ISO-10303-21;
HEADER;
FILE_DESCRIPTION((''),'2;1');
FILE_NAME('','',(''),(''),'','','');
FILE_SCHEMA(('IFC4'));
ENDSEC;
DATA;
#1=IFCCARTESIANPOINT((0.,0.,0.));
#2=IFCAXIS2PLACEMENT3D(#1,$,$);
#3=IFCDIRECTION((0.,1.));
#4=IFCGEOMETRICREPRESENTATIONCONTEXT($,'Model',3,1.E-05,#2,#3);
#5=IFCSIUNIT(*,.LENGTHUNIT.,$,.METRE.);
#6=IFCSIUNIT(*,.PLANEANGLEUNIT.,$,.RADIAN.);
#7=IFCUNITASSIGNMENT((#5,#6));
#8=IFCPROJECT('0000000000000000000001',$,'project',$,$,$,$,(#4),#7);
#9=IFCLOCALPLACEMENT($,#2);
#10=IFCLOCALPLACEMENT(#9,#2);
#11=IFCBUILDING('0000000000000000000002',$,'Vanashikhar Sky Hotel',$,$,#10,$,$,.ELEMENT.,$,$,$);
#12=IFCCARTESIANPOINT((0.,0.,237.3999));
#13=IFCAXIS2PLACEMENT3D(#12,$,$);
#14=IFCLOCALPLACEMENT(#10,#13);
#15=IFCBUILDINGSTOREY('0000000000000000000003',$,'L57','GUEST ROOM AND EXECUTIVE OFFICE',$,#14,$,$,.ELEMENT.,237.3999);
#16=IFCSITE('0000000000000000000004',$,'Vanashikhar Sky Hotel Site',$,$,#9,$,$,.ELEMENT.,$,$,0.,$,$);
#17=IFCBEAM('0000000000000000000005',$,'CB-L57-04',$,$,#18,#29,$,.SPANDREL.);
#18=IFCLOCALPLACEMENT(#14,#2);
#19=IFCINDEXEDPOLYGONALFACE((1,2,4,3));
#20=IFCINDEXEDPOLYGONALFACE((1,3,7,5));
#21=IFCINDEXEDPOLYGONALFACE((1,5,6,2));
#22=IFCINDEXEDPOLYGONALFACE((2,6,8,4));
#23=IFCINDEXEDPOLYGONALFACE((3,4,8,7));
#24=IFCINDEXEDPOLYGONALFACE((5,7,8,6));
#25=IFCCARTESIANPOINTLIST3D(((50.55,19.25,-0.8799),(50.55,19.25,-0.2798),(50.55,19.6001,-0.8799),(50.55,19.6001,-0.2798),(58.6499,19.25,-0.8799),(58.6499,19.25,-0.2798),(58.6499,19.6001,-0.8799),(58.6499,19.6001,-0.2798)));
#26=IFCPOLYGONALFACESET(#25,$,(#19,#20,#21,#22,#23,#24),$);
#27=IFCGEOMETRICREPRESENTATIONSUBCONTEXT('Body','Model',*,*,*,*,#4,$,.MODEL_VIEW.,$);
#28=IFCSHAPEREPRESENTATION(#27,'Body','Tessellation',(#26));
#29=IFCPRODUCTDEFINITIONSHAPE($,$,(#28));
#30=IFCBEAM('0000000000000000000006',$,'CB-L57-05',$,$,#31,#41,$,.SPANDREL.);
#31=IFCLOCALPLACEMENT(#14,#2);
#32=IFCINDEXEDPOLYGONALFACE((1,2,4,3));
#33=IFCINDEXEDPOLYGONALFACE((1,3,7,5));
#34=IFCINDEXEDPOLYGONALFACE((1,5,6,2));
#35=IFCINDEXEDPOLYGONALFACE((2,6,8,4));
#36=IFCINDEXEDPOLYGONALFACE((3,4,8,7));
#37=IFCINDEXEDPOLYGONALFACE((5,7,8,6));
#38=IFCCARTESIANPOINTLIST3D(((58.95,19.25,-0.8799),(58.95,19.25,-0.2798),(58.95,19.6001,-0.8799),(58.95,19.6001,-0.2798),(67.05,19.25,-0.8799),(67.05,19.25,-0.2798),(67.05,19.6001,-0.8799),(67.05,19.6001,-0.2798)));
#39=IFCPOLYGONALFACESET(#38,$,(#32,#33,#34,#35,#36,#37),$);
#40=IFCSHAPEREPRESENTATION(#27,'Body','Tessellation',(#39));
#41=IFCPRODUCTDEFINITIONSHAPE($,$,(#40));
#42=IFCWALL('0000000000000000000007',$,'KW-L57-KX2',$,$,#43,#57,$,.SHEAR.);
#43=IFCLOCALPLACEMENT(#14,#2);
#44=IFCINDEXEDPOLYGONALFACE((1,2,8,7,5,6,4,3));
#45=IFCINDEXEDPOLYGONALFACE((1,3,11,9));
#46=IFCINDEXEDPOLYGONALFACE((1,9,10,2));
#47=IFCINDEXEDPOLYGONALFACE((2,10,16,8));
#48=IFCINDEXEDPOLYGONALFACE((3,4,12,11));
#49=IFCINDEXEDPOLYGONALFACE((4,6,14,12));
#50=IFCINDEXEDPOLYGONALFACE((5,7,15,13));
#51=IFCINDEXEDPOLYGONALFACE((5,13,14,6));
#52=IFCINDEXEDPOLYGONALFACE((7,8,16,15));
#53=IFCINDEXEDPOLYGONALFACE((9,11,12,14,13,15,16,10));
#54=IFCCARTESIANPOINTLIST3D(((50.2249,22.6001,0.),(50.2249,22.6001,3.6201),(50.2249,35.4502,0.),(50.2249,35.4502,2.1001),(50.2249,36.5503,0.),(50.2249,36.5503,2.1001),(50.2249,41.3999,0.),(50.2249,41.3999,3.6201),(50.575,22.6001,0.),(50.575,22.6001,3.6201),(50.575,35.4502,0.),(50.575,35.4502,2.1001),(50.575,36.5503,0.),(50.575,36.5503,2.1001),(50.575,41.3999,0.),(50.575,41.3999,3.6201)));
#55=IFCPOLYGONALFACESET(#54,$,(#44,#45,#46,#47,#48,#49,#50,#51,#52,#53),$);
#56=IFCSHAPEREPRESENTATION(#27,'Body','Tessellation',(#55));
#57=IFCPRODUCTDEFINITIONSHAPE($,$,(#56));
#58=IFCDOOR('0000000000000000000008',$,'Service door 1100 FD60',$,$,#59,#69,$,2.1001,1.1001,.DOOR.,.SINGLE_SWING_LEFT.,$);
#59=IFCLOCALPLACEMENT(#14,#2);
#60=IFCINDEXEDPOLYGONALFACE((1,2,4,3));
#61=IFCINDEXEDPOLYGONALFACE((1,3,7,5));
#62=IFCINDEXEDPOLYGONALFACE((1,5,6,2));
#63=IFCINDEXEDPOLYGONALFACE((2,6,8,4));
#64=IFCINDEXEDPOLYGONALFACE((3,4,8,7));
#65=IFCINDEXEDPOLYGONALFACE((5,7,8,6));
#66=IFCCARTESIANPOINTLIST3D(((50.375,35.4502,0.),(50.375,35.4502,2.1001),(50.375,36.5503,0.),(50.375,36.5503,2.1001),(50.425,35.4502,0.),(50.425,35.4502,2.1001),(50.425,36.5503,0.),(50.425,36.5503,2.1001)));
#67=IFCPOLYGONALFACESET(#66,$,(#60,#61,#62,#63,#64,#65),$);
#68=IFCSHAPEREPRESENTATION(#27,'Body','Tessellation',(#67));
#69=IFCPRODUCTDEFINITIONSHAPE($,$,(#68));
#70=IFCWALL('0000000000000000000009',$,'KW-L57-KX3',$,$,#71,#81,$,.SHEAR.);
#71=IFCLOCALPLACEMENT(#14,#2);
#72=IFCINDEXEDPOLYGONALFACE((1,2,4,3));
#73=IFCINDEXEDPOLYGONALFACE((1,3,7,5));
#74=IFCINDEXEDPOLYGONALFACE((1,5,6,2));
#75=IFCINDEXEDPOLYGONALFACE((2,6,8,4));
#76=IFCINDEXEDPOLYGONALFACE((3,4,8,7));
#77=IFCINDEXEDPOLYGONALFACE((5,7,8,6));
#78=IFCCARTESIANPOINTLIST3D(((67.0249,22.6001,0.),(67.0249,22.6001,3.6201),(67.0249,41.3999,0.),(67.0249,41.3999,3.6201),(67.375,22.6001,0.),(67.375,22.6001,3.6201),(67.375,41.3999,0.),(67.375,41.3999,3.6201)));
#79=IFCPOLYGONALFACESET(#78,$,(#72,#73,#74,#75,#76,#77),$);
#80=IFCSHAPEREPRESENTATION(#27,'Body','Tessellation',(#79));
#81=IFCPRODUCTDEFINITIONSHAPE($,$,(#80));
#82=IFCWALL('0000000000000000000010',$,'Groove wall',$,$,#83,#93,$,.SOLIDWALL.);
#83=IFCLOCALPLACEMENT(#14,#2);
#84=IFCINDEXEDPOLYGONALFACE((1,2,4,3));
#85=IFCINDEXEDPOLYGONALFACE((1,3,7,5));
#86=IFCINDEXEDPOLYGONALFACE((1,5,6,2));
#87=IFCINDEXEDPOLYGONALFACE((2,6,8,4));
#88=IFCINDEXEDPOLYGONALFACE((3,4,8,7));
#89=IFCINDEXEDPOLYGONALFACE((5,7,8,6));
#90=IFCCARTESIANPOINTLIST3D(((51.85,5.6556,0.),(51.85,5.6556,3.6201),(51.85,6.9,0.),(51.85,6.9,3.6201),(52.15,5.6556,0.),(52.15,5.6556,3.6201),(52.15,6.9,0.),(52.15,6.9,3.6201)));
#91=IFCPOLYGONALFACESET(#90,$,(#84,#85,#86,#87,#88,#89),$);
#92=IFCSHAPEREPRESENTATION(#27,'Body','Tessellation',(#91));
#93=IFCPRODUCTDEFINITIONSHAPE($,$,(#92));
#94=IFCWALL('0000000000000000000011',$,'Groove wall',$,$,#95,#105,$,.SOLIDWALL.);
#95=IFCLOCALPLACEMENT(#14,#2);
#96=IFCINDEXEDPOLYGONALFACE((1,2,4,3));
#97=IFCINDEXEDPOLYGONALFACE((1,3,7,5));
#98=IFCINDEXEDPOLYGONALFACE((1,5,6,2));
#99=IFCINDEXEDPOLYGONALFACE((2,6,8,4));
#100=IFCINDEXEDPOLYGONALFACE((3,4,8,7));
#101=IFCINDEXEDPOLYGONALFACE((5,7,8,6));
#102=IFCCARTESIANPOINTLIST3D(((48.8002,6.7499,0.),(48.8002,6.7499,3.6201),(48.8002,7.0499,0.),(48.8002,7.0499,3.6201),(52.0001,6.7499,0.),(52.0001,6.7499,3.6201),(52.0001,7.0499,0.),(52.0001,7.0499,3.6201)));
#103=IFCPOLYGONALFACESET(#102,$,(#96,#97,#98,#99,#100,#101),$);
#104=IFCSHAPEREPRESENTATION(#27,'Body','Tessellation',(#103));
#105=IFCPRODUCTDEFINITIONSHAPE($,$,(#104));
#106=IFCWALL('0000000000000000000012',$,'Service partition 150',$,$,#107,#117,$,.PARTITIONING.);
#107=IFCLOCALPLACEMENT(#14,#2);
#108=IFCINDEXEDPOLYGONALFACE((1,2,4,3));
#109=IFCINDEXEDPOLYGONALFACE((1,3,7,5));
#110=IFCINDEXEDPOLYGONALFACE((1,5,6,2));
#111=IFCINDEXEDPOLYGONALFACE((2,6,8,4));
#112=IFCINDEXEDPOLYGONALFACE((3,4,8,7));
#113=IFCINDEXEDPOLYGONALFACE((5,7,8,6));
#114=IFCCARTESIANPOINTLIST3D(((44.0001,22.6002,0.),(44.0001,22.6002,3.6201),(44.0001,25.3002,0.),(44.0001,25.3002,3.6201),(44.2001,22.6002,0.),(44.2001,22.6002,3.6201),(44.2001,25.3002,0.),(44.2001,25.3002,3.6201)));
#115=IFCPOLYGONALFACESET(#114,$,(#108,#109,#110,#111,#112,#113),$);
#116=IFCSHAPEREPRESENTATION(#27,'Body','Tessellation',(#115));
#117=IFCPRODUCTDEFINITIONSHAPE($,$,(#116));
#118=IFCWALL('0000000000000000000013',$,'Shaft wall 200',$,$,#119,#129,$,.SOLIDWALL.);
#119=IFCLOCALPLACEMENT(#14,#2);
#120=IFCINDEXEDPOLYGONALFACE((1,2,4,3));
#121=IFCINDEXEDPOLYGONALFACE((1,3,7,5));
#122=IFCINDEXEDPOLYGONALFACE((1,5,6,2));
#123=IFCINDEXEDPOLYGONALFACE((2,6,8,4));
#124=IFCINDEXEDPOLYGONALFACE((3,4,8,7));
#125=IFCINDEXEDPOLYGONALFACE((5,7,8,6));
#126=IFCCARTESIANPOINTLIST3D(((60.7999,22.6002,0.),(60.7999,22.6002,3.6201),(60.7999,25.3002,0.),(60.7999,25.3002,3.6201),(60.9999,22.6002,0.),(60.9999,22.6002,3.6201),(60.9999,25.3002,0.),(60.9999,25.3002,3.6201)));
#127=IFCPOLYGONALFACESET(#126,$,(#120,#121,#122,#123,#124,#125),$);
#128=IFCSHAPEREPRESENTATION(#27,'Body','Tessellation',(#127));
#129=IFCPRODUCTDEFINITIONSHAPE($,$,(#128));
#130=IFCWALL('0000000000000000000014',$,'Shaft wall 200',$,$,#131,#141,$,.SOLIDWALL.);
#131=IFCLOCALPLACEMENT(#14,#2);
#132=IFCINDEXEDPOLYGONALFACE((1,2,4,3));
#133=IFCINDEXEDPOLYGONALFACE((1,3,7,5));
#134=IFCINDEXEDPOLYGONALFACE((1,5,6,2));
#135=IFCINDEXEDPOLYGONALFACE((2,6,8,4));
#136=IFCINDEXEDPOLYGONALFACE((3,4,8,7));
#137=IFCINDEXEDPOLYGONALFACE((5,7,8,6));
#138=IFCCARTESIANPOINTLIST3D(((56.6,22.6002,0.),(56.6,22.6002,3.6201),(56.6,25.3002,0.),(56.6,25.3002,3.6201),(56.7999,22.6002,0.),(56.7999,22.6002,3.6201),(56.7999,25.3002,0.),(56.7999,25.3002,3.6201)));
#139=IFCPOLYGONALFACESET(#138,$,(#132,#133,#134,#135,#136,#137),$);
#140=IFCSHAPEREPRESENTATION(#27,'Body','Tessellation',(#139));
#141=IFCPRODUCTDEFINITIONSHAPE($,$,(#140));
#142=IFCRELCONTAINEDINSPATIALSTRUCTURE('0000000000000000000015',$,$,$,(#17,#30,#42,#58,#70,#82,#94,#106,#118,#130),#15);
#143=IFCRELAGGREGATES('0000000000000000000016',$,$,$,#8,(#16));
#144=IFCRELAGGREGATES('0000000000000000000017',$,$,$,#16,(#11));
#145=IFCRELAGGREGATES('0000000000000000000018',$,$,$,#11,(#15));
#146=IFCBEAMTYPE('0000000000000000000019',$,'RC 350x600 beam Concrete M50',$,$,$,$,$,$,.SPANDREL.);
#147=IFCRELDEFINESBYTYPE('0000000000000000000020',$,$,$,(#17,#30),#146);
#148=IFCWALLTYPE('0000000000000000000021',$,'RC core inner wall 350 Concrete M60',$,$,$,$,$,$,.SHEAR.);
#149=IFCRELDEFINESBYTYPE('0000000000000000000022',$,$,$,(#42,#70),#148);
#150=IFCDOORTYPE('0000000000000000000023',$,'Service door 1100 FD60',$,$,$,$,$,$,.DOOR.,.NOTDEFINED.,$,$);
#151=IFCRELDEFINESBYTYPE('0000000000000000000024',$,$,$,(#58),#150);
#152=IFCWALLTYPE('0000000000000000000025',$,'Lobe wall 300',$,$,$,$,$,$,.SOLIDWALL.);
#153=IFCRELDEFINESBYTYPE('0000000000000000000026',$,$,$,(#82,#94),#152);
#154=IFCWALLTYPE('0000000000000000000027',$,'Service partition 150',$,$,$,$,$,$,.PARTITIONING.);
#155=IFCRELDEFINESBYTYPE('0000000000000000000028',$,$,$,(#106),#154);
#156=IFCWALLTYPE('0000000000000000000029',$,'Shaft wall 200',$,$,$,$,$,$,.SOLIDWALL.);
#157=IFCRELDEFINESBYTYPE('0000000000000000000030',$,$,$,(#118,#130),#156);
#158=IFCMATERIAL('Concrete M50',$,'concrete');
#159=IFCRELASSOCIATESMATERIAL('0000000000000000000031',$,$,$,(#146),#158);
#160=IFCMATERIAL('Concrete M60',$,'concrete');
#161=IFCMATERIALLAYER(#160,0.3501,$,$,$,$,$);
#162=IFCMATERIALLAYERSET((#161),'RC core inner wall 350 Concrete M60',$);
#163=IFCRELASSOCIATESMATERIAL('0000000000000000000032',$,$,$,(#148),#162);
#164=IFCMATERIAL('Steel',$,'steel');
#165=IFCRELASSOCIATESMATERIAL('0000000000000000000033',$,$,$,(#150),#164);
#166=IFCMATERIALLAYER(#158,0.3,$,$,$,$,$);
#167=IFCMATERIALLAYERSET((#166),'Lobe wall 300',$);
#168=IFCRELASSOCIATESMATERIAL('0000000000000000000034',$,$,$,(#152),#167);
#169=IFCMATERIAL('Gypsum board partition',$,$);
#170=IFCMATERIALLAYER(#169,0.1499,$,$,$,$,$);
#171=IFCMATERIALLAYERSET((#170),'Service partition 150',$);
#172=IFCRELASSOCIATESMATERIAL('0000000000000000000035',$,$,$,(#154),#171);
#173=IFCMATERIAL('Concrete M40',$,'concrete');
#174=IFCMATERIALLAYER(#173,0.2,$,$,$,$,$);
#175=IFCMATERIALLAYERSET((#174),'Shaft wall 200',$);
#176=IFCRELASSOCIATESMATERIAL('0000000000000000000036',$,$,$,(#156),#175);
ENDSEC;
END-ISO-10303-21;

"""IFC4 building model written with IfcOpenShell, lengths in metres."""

from ifc_helpers import new_model, si_unit, direction, frame, frame_2d, origin, origin_2d, place, context, subcontext, project, spatial, rectangle, extrude, source, transform, mapped, material, layer, layer_set, material_profile, profile_set, type_object, element, fill, save


model = new_model("IFC4")

# Units and contexts
model_context = context("Model", 3, precision=1e-05, world=origin(), true_north=direction((0.0, 1.0)))
body_context = subcontext(model_context, "Body", "Model", "MODEL_VIEW")
ifc_project = project(units=[si_unit("LENGTHUNIT", "METRE"), si_unit("PLANEANGLEUNIT", "RADIAN")], contexts=[model_context])

# Site, building, storey
site_placement = place(None, origin())
site = spatial("IfcSite", under=ifc_project, at=site_placement, Name="Vanashikhar Sky Hotel Site", CompositionType="ELEMENT", RefElevation=0.0)
building_placement = place(site_placement, origin())
building = spatial("IfcBuilding", under=site, at=building_placement, Name="Vanashikhar Sky Hotel", CompositionType="ELEMENT")
storey_placement = place(building_placement, frame((0.0, 0.0, 237.3999)))
storey = spatial("IfcBuildingStorey", under=building, at=storey_placement, Name="L57", Description="GUEST ROOM AND EXECUTIVE OFFICE", CompositionType="ELEMENT", Elevation=237.3999)

# Beams
ifc_material_1 = material(Name="Concrete M50", Category="concrete")
ifc_material_profile = material_profile(ifc_material_1, rectangle(XDim=0.3501, YDim=0.6001, at=origin_2d()))
ifc_profile_set = profile_set([ifc_material_profile], Name="RC 350x600 beam Concrete M50")
beam_type = type_object("IfcBeamType", Name="RC 350x600 beam Concrete M50", PredefinedType="SPANDREL", material=ifc_profile_set)
shared_shape_1 = source(origin(), body_context, "Body", "SweptSolid", [
    extrude(rectangle(XDim=0.3501, YDim=0.6001, at=origin_2d()), origin(), (0.0, 0.0, 1.0), 8.0999),
])
beam_1_placement = place(storey_placement, frame((50.55, 19.425, -0.5798), z_axis=(1.0, 0.0, 0.0), x_axis=(0.0, 1.0, 0.0)))
element("IfcBeam", 1, at=beam_1_placement, inside=storey, type_object=beam_type, Name="CB-L57-04", PredefinedType="SPANDREL", context=body_context, shape_type="MappedRepresentation", body=[
    mapped(shared_shape_1, transform((0.0, 0.0, 0.0), scale=1.0)),
])
shared_shape_2 = source(origin(), body_context, "Body", "SweptSolid", [
    extrude(rectangle(XDim=0.3501, YDim=0.6001, at=origin_2d()), origin(), (0.0, 0.0, 1.0), 8.1001),
])
beam_2_placement = place(storey_placement, frame((58.95, 19.425, -0.5798), z_axis=(1.0, 0.0, 0.0), x_axis=(0.0, 1.0, 0.0)))
element("IfcBeam", 2, at=beam_2_placement, inside=storey, type_object=beam_type, Name="CB-L57-05", PredefinedType="SPANDREL", context=body_context, shape_type="MappedRepresentation", body=[
    mapped(shared_shape_2, transform((0.0, 0.0, 0.0), scale=1.0)),
])

# Wall, opening, door
ifc_material_2 = material(Name="Concrete M60", Category="concrete")
ifc_layer_1 = layer(ifc_material_2, 0.3501)
ifc_layer_set_1 = layer_set([ifc_layer_1], Name="RC core inner wall 350 Concrete M60")
wall_type_1 = type_object("IfcWallType", Name="RC core inner wall 350 Concrete M60", PredefinedType="SHEAR", material=ifc_layer_set_1)
shared_shape_3 = source(origin(), body_context, "Body", "SweptSolid", [
    extrude(rectangle(XDim=18.7998, YDim=0.3501, at=frame_2d((9.3999, 0.0))), origin(), (0.0, 0.0, 1.0), 3.6201),
])
wall_1_placement = place(storey_placement, frame((50.3999, 22.6001, 0.0), z_axis=(0.0, 0.0, 1.0), x_axis=(0.0, 1.0, 0.0)))
wall_1 = element("IfcWall", 3, at=wall_1_placement, inside=storey, type_object=wall_type_1, Name="KW-L57-KX2", PredefinedType="SHEAR", context=body_context, shape_type="MappedRepresentation", body=[
    mapped(shared_shape_3, transform((0.0, 0.0, 0.0), scale=1.0)),
])
shared_shape_4 = source(origin(), body_context, "Body", "SweptSolid", [
    extrude(rectangle(XDim=1.1001, YDim=2.1001, at=frame_2d((0.55, 1.05))), frame((0.0, 0.1851, 0.0), z_axis=(0.0, -1.0, 0.0), x_axis=(1.0, 0.0, 0.0)), (0.0, 0.0, 1.0), 0.3701),
])
opening_1_placement = place(wall_1_placement, frame((12.8501, 0.0, 0.0)))
opening_1 = element("IfcOpeningElement", 4, at=opening_1_placement, cuts=wall_1, PredefinedType="OPENING", context=body_context, shape_type="MappedRepresentation", body=[
    mapped(shared_shape_4, transform((0.0, 0.0, 0.0), scale=1.0)),
])
ifc_material_3 = material(Name="Steel", Category="steel")
door_type_1 = type_object("IfcDoorType", Name="Service door 1100 FD60", OperationType="NOTDEFINED", PredefinedType="DOOR", material=ifc_material_3)
shared_shape_5 = source(origin(), body_context, "Body", "SweptSolid", [
    extrude(rectangle(XDim=1.1001, YDim=2.1001, at=frame_2d((0.55, 1.05))), frame((0.0, 0.0249, 0.0), z_axis=(0.0, -1.0, 0.0), x_axis=(1.0, 0.0, 0.0)), (0.0, 0.0, 1.0), 0.05),
])
door_1_placement = place(opening_1_placement, origin())
door_1 = element("IfcDoor", 5, at=door_1_placement, inside=storey, type_object=door_type_1, Name="Service door 1100 FD60", OperationType="SINGLE_SWING_LEFT", OverallHeight=2.1001, OverallWidth=1.1001, PredefinedType="DOOR", context=body_context, shape_type="MappedRepresentation", body=[
    mapped(shared_shape_5, transform((0.0, 0.0, 0.0), scale=1.0)),
])
fill(opening_1, door_1)

# Walls
wall_2_placement = place(storey_placement, frame((67.2, 22.6001, 0.0), z_axis=(0.0, 0.0, 1.0), x_axis=(0.0, 1.0, 0.0)))
element("IfcWall", 6, at=wall_2_placement, inside=storey, type_object=wall_type_1, Name="KW-L57-KX3", PredefinedType="SHEAR", context=body_context, shape_type="MappedRepresentation", body=[
    mapped(shared_shape_3, transform((0.0, 0.0, 0.0), scale=1.0)),
])
ifc_layer_2 = layer(ifc_material_1, 0.3)
ifc_layer_set_2 = layer_set([ifc_layer_2], Name="Lobe wall 300")
wall_type_2 = type_object("IfcWallType", Name="Lobe wall 300", PredefinedType="SOLIDWALL", material=ifc_layer_set_2)
shared_shape_6 = source(origin(), body_context, "Body", "SweptSolid", [
    extrude(rectangle(XDim=1.2444, YDim=0.3, at=frame_2d((0.6221, 0.0))), origin(), (0.0, 0.0, 1.0), 3.6201),
])
wall_3_placement = place(storey_placement, frame((52.0, 6.8999, 0.0), z_axis=(0.0, 0.0, 1.0), x_axis=(0.0, -1.0, 0.0)))
element("IfcWall", 7, at=wall_3_placement, inside=storey, type_object=wall_type_2, Name="Groove wall", PredefinedType="SOLIDWALL", context=body_context, shape_type="MappedRepresentation", body=[
    mapped(shared_shape_6, transform((0.0, 0.0, 0.0), scale=1.0)),
])
shared_shape_7 = source(origin(), body_context, "Body", "SweptSolid", [
    extrude(rectangle(XDim=3.2, YDim=0.3, at=frame_2d((1.6001, 0.0))), origin(), (0.0, 0.0, 1.0), 3.6201),
])
wall_4_placement = place(storey_placement, frame((48.8, 6.8999, 0.0), z_axis=(0.0, 0.0, 1.0), x_axis=(1.0, 0.0, 0.0)))
element("IfcWall", 8, at=wall_4_placement, inside=storey, type_object=wall_type_2, Name="Groove wall", PredefinedType="SOLIDWALL", context=body_context, shape_type="MappedRepresentation", body=[
    mapped(shared_shape_7, transform((0.0, 0.0, 0.0), scale=1.0)),
])
ifc_material_4 = material(Name="Gypsum board partition")
ifc_layer_3 = layer(ifc_material_4, 0.1499)
ifc_layer_set_3 = layer_set([ifc_layer_3], Name="Service partition 150")
wall_type_3 = type_object("IfcWallType", Name="Service partition 150", PredefinedType="PARTITIONING", material=ifc_layer_set_3)
shared_shape_8 = source(origin(), body_context, "Body", "SweptSolid", [
    extrude(rectangle(XDim=2.7, YDim=0.2, at=frame_2d((1.3501, 0.0))), origin(), (0.0, 0.0, 1.0), 3.6201),
])
wall_5_placement = place(storey_placement, frame((44.1001, 22.6001, 0.0), z_axis=(0.0, 0.0, 1.0), x_axis=(0.0, 1.0, 0.0)))
element("IfcWall", 9, at=wall_5_placement, inside=storey, type_object=wall_type_3, Name="Service partition 150", PredefinedType="PARTITIONING", context=body_context, shape_type="MappedRepresentation", body=[
    mapped(shared_shape_8, transform((0.0, 0.0, 0.0), scale=1.0)),
])
ifc_material_5 = material(Name="Concrete M40", Category="concrete")
ifc_layer_4 = layer(ifc_material_5, 0.2)
ifc_layer_set_4 = layer_set([ifc_layer_4], Name="Shaft wall 200")
wall_type_4 = type_object("IfcWallType", Name="Shaft wall 200", PredefinedType="SOLIDWALL", material=ifc_layer_set_4)
for number, where, z_axis, x_axis, name in (
    (10, (60.8999, 22.6001, 0.0), (0.0, 0.0, 1.0), (0.0, 1.0, 0.0), "Shaft wall 200"),
    (11, (56.7, 22.6001, 0.0), (0.0, 0.0, 1.0), (0.0, 1.0, 0.0), "Shaft wall 200"),
):
    element("IfcWall", number, at=place(storey_placement, frame(where, z_axis=z_axis, x_axis=x_axis)), inside=storey, type_object=wall_type_4, Name=name, PredefinedType="SOLIDWALL", context=body_context, shape_type="MappedRepresentation", body=[
        mapped(shared_shape_8, transform((0.0, 0.0, 0.0), scale=1.0)),
    ])

save(model, "model.ifc")
